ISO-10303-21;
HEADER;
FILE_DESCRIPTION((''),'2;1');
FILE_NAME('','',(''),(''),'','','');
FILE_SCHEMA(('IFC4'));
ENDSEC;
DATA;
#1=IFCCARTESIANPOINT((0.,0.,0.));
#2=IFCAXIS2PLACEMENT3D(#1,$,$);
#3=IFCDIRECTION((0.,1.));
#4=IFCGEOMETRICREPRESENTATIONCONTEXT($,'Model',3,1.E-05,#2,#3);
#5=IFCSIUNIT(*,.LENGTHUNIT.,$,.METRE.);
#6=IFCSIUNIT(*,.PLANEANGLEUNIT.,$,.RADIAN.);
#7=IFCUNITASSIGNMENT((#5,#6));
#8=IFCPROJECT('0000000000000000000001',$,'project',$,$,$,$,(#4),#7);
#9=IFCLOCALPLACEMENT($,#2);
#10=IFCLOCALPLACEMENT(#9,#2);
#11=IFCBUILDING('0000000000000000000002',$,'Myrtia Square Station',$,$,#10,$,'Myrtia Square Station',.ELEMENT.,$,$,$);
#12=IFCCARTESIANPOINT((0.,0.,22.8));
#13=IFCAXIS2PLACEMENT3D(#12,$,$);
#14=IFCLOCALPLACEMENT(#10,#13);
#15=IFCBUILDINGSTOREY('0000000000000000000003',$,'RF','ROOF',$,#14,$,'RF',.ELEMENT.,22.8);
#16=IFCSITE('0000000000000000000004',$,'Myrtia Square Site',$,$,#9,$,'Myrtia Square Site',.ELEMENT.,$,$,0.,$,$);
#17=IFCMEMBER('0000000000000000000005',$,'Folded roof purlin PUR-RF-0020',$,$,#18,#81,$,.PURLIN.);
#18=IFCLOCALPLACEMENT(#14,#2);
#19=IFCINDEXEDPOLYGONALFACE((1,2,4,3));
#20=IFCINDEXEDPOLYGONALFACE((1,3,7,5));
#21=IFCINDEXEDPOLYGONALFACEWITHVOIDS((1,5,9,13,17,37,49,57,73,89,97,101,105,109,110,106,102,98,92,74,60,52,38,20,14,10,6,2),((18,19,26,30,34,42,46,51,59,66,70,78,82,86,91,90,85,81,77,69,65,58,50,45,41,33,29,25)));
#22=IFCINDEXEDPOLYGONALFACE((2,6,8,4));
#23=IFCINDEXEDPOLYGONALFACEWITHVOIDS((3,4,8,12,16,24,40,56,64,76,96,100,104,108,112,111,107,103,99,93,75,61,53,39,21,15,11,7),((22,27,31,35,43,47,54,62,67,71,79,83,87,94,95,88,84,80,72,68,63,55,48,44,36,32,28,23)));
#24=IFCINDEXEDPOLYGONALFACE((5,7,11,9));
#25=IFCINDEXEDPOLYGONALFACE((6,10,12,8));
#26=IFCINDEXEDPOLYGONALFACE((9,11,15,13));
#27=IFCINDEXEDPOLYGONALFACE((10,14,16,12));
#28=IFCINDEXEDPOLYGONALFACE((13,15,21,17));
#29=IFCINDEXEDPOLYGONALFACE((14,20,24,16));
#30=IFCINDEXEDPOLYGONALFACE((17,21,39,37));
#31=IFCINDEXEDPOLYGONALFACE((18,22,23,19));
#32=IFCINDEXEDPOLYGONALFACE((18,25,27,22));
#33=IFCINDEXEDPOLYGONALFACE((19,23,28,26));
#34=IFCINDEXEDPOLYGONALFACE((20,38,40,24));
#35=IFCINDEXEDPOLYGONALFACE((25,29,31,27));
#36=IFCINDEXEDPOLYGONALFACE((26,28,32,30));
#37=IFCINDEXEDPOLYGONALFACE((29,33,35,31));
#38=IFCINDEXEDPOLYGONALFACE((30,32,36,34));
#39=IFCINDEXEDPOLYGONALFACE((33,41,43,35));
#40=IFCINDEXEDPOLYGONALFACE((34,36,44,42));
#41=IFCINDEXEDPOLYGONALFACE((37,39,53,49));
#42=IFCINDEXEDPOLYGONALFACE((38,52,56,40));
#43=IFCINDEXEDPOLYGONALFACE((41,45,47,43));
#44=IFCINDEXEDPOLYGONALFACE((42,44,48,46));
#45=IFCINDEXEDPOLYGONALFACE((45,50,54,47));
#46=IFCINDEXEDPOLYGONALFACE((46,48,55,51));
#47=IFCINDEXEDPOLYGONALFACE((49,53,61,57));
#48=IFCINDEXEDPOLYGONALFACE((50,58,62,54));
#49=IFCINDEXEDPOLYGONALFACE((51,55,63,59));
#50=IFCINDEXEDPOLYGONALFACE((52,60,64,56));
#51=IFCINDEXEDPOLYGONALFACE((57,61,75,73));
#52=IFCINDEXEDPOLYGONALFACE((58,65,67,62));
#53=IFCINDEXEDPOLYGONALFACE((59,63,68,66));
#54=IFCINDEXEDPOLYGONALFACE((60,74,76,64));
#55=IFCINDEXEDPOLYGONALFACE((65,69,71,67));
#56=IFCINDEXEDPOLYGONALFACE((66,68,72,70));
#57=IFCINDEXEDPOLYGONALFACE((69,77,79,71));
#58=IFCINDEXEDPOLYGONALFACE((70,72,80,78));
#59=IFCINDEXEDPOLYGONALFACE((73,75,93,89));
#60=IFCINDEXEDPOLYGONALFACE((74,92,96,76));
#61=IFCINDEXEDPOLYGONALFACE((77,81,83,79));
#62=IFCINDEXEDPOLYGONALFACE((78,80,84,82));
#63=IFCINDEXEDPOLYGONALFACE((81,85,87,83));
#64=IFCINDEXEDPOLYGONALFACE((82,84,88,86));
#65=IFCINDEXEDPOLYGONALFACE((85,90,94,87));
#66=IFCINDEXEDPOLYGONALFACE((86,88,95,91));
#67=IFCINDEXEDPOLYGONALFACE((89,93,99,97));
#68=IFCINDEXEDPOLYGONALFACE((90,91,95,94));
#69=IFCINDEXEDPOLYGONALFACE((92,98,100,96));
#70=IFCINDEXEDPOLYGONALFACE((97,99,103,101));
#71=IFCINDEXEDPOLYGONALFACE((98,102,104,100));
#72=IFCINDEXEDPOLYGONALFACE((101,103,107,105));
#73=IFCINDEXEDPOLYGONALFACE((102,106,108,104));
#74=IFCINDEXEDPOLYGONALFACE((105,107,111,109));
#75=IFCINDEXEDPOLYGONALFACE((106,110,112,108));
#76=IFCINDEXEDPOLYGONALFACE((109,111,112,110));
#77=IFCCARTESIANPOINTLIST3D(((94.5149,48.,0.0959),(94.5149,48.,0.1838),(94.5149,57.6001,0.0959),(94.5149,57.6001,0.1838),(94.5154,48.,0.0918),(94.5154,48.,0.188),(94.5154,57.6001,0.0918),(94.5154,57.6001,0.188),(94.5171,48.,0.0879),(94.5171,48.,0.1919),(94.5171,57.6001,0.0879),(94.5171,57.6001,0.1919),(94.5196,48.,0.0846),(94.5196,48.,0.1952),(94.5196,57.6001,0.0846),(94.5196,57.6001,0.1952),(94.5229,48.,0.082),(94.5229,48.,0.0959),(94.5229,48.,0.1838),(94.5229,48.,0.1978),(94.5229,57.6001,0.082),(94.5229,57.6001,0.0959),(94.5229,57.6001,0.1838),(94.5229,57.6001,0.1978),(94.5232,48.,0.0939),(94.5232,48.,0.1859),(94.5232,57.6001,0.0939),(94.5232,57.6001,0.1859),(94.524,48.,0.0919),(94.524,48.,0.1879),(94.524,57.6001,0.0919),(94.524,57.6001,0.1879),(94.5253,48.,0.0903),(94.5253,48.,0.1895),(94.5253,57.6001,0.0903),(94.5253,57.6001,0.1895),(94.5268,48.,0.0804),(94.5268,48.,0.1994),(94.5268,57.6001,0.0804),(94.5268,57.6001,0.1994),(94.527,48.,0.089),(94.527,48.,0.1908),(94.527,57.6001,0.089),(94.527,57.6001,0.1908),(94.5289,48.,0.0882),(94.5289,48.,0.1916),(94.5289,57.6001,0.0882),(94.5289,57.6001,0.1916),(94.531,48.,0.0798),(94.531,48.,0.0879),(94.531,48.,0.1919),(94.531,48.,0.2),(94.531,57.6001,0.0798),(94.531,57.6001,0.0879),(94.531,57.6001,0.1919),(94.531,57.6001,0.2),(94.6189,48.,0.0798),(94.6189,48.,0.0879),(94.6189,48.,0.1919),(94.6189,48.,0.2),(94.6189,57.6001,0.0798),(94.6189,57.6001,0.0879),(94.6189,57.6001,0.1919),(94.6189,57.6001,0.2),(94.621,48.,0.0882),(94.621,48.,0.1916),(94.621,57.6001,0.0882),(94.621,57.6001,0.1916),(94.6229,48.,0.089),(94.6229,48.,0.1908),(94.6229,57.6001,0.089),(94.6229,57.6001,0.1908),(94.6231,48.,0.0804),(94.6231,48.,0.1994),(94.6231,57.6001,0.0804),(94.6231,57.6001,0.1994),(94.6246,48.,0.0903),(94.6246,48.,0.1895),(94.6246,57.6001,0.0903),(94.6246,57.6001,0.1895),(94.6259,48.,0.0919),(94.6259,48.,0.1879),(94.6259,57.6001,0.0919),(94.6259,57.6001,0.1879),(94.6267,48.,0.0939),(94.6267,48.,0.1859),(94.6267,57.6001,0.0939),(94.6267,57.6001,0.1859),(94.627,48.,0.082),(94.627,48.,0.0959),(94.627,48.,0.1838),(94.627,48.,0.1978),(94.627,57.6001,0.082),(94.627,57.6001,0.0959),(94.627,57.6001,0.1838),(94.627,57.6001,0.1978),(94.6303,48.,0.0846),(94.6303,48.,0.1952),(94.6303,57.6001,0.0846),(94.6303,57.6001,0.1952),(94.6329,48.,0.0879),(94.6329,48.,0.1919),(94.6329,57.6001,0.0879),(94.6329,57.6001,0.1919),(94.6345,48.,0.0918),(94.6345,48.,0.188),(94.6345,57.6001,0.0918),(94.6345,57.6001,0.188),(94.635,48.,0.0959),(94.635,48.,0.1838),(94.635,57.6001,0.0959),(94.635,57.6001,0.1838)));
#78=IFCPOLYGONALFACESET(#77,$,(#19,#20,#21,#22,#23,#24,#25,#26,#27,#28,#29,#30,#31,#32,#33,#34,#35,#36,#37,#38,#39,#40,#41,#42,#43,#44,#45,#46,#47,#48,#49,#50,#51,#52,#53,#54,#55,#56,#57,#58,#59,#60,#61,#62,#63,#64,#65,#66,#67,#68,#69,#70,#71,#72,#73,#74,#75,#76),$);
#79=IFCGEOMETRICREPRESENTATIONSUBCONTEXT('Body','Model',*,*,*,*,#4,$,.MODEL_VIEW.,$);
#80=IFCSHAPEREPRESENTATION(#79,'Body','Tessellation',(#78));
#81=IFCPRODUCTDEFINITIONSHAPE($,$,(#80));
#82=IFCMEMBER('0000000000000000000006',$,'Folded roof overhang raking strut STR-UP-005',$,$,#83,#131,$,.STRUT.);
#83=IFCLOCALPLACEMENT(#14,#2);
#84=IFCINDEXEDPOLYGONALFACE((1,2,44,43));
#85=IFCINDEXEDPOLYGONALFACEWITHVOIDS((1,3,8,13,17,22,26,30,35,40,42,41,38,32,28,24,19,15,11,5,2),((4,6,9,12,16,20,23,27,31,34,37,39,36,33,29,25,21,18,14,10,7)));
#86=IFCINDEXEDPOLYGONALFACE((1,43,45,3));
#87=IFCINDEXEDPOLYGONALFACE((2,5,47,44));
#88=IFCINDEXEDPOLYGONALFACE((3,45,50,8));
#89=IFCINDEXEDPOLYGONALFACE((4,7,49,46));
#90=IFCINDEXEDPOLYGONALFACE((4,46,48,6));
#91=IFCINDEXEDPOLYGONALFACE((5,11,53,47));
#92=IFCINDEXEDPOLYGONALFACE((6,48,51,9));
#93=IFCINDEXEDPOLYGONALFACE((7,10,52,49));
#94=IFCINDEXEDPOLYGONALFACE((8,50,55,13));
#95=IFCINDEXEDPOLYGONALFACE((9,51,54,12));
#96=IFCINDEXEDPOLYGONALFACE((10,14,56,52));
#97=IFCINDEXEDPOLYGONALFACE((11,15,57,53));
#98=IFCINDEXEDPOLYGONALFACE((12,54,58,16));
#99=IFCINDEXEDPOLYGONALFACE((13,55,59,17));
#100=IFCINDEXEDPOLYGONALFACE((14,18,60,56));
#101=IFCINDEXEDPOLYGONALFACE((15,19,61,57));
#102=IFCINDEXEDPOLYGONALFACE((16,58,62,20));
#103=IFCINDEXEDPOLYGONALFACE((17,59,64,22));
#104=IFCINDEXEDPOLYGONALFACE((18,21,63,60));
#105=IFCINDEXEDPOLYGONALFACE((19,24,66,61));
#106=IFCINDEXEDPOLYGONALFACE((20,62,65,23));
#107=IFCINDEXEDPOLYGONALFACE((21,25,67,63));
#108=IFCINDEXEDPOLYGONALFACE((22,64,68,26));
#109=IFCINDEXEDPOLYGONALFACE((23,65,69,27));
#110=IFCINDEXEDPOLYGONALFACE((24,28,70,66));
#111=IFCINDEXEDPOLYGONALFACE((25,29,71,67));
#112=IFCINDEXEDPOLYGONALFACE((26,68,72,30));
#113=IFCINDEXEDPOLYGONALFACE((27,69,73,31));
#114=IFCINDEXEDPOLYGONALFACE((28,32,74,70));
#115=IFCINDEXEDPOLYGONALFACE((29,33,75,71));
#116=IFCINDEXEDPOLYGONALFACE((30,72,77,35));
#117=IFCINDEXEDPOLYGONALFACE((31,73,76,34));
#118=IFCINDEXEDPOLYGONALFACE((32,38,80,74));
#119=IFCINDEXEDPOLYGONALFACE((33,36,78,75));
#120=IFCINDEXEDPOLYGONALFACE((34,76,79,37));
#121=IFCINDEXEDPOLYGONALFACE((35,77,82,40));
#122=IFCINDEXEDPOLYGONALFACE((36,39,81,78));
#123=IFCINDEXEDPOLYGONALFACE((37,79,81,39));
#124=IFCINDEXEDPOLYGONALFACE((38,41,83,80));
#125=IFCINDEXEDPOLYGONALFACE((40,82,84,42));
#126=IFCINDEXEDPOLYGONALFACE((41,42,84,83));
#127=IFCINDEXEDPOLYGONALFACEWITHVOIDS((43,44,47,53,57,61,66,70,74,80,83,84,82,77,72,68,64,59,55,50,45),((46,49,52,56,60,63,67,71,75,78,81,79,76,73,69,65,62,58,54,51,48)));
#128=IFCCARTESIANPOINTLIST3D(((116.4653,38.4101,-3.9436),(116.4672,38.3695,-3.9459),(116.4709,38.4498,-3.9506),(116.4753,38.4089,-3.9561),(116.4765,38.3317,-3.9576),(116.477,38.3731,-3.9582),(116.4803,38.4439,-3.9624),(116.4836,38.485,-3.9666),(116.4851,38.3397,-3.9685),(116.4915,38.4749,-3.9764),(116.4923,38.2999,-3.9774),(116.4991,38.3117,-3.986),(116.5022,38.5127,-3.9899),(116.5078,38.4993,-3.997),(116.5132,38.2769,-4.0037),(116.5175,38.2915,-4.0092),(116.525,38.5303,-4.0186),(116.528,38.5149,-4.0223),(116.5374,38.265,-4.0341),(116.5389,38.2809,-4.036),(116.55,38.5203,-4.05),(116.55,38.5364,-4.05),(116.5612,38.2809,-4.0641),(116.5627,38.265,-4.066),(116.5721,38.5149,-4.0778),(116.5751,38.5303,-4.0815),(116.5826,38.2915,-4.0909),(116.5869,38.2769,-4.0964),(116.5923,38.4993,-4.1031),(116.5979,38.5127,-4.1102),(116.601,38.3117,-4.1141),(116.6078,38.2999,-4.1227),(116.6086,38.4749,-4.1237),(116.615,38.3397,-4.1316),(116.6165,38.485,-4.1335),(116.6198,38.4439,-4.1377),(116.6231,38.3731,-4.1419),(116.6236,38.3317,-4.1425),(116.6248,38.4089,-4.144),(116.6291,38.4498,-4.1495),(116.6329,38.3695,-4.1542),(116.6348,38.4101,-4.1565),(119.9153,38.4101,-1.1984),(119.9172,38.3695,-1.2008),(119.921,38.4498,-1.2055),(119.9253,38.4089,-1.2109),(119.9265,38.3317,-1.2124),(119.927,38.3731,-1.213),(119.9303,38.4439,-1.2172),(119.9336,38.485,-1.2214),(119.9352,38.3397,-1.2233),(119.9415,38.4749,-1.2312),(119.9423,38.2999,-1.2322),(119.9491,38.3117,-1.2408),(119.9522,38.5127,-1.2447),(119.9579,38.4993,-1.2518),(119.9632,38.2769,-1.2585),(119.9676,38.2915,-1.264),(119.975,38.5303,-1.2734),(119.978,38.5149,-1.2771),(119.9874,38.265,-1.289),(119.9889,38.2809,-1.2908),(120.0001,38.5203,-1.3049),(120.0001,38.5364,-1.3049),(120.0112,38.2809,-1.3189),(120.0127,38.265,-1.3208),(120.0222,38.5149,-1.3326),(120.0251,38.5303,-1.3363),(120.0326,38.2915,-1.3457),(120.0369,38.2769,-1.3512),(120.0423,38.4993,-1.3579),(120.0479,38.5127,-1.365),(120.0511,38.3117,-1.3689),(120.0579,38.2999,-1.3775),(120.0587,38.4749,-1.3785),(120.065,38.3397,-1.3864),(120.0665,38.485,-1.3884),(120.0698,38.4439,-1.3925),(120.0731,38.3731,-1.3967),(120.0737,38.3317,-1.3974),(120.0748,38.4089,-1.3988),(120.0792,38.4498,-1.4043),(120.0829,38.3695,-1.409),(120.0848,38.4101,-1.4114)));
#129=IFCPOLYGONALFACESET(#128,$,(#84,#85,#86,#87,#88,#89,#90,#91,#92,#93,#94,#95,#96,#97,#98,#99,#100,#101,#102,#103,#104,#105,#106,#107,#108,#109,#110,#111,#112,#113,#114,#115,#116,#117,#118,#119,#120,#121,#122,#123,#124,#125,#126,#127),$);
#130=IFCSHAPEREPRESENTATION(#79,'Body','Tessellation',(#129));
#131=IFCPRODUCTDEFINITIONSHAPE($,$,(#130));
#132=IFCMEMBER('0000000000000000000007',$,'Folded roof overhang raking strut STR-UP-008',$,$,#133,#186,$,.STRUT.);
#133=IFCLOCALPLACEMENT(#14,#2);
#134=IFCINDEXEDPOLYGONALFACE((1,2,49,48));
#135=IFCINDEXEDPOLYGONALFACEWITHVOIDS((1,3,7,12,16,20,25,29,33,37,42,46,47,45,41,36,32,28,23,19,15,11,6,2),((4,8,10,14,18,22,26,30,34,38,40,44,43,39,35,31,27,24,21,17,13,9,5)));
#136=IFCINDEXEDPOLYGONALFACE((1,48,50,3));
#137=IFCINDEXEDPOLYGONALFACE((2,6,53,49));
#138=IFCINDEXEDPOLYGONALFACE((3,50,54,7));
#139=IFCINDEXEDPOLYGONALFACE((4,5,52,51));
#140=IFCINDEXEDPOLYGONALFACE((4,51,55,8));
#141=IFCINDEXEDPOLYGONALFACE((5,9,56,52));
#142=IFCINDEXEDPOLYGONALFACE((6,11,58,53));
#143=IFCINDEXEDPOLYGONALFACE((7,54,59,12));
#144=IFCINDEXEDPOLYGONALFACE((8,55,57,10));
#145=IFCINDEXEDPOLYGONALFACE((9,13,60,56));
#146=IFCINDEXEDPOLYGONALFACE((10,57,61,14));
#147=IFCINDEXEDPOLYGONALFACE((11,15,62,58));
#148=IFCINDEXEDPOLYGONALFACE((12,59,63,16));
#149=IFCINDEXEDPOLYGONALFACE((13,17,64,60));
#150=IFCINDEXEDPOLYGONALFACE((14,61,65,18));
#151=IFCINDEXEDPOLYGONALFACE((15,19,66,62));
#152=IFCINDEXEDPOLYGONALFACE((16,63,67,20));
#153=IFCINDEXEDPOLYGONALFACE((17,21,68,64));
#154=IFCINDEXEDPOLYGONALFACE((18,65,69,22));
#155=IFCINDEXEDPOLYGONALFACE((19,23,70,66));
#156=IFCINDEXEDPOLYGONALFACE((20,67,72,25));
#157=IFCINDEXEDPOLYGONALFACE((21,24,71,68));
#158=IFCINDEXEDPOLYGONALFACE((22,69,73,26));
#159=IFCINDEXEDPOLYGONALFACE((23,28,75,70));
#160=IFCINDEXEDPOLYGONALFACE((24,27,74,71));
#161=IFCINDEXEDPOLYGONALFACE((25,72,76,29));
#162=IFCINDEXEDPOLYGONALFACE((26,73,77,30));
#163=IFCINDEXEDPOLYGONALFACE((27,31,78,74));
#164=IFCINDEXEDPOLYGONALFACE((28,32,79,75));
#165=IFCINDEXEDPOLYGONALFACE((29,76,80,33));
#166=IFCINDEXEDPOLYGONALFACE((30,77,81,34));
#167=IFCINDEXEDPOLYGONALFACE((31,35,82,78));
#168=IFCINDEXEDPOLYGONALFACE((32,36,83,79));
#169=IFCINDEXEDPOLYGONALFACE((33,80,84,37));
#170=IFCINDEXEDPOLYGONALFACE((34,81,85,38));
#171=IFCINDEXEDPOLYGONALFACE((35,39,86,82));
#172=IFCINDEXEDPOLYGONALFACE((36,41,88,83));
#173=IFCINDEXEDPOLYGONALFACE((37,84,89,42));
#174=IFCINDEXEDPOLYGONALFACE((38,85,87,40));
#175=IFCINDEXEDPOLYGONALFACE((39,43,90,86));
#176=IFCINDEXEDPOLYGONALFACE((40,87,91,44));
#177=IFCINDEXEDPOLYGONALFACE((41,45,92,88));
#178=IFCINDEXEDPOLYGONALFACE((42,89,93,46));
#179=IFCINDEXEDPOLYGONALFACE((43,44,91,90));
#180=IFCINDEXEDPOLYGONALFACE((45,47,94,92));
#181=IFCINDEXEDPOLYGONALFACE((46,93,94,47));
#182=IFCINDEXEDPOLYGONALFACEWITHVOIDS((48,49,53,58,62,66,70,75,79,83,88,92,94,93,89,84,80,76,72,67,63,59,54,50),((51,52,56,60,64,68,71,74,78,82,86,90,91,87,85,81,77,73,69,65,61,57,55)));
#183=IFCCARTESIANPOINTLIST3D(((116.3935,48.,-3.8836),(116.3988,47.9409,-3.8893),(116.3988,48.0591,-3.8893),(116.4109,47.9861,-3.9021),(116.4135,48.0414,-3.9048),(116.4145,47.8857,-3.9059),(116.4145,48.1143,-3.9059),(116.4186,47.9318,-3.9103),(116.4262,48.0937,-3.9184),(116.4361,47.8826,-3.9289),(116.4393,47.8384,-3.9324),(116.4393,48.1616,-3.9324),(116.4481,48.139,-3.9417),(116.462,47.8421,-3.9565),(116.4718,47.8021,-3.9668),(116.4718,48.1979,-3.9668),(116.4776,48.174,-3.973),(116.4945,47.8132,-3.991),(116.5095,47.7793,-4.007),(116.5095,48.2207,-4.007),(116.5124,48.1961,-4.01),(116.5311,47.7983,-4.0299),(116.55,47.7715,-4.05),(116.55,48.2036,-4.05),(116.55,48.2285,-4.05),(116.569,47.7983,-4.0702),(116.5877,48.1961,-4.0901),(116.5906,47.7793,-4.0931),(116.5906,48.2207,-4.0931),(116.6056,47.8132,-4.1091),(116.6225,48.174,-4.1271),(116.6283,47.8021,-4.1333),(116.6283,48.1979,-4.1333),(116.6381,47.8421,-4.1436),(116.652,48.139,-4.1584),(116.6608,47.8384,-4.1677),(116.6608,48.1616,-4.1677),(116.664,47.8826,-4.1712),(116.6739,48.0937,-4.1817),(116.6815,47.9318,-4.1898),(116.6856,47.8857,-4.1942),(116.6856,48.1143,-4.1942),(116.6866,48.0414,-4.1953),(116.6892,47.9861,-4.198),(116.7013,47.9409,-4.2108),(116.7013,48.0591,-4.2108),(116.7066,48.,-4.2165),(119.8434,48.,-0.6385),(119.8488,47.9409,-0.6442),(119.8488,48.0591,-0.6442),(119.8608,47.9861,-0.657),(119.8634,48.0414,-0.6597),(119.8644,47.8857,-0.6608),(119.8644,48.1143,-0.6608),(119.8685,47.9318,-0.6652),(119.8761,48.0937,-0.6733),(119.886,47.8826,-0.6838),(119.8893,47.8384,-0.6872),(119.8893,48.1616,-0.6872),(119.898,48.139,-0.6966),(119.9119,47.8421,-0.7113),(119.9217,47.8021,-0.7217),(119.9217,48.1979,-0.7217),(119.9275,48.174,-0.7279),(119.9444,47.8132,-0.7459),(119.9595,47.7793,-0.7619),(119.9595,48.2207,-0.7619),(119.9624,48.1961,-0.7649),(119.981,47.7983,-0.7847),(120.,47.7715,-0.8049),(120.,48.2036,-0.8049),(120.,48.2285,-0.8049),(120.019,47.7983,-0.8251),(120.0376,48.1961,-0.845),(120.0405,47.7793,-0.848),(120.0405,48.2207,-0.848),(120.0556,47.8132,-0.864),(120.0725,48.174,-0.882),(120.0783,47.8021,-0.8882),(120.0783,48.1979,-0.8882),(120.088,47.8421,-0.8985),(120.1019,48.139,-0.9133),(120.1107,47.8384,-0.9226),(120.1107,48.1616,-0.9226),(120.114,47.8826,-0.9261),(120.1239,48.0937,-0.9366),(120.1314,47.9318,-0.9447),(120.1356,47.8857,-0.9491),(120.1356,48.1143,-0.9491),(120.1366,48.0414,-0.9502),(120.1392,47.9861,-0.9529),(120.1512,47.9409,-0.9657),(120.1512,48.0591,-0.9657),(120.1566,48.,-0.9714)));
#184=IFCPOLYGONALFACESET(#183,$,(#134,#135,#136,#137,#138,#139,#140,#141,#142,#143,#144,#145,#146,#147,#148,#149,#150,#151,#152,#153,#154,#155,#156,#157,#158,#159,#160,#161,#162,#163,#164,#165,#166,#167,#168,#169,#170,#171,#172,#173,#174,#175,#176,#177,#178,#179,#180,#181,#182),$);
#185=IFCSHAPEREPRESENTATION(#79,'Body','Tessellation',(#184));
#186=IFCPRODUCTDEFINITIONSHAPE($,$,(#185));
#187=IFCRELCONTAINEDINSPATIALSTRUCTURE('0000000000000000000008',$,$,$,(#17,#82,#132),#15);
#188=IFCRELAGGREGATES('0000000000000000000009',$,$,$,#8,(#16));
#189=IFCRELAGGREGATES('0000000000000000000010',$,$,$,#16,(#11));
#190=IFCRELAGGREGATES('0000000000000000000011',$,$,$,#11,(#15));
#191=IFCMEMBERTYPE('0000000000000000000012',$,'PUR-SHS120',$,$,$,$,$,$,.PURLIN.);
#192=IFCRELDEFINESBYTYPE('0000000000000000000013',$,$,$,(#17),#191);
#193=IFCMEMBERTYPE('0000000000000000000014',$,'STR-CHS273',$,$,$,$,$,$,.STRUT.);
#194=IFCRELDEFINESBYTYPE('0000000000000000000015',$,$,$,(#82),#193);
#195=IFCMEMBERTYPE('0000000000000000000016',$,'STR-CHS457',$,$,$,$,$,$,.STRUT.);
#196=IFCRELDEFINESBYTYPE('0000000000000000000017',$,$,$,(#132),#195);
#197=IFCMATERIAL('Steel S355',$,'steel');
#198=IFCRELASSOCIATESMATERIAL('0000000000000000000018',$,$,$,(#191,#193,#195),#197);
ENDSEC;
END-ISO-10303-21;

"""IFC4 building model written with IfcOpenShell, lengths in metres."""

from ifc_helpers import new_model, si_unit, direction, frame, origin, origin_2d, place, context, subcontext, project, spatial, hollow_rectangle, hollow_circle, extrude, material, material_profile, profile_set, type_object, element, save


model = new_model("IFC4")

# Units and contexts
model_context = context("Model", 3, precision=1e-05, world=origin(), true_north=direction((0.0, 1.0)))
body_context = subcontext(model_context, "Body", "Model", "MODEL_VIEW")
ifc_project = project(units=[si_unit("LENGTHUNIT", "METRE"), si_unit("PLANEANGLEUNIT", "RADIAN")], contexts=[model_context])

# Site, building, storey
site_placement = place(None, origin())
site = spatial("IfcSite", under=ifc_project, at=site_placement, Name="Myrtia Square Site", LongName="Myrtia Square Site", CompositionType="ELEMENT", RefElevation=0.0)
building_placement = place(site_placement, origin())
building = spatial("IfcBuilding", under=site, at=building_placement, Name="Myrtia Square Station", LongName="Myrtia Square Station", CompositionType="ELEMENT")
storey_placement = place(building_placement, frame((0.0, 0.0, 22.8)))
storey = spatial("IfcBuildingStorey", under=building, at=storey_placement, Name="RF", Description="ROOF", LongName="RF", CompositionType="ELEMENT", Elevation=22.8)

# Members
ifc_material_1 = material(Name="Steel S355", Category="steel")
ifc_material_profile_1 = material_profile(ifc_material_1, hollow_rectangle(XDim=0.1201, YDim=0.1201, WallThickness=0.0081, InnerFilletRadius=0.0081, OuterFilletRadius=0.0161, at=origin_2d()), Name="SHS 120x120x8")
ifc_profile_set_1 = profile_set([ifc_material_profile_1], Name="Steel S355")
member_type_1 = type_object("IfcMemberType", Name="PUR-SHS120", PredefinedType="PURLIN", material=ifc_profile_set_1)
member_1_placement = place(storey_placement, frame((94.575, 48.0, 0.1399), z_axis=(0.0, 1.0, 0.0), x_axis=(-1.0, 0.0, 0.0)))
element("IfcMember", 1, at=member_1_placement, inside=storey, type_object=member_type_1, Name="Folded roof purlin PUR-RF-0020", PredefinedType="PURLIN", context=body_context, shape_type="SweptSolid", body=[
    extrude(hollow_rectangle(XDim=0.1201, YDim=0.1201, WallThickness=0.0081, InnerFilletRadius=0.0081, OuterFilletRadius=0.0161, at=origin_2d()), origin(), (0.0, 0.0, 1.0), 9.6001),
])
ifc_material_profile_2 = material_profile(ifc_material_1, hollow_circle(Radius=0.1365, WallThickness=0.0161, at=origin_2d()), Name="CHS 273x16")
ifc_profile_set_2 = profile_set([ifc_material_profile_2], Name="Steel S355")
member_type_2 = type_object("IfcMemberType", Name="STR-CHS273", PredefinedType="STRUT", material=ifc_profile_set_2)
member_2_placement = place(storey_placement, frame((116.55, 38.3999, -4.05), z_axis=(0.782508, 0.0, 0.62264), x_axis=(0.0, 1.0, 0.0)))
element("IfcMember", 2, at=member_2_placement, inside=storey, type_object=member_type_2, Name="Folded roof overhang raking strut STR-UP-005", PredefinedType="STRUT", context=body_context, shape_type="SweptSolid", body=[
    extrude(hollow_circle(Radius=0.1365, WallThickness=0.0161, at=origin_2d()), origin(), (0.0, 0.0, 1.0), 4.4089),
])
ifc_material_profile_3 = material_profile(ifc_material_1, hollow_circle(Radius=0.2285, WallThickness=0.0249, at=origin_2d()), Name="CHS 457x25")
ifc_profile_set_3 = profile_set([ifc_material_profile_3], Name="Steel S355")
member_type_3 = type_object("IfcMemberType", Name="STR-CHS457", PredefinedType="STRUT", material=ifc_profile_set_3)
member_3_placement = place(storey_placement, frame((116.55, 48.0, -4.05), z_axis=(0.7284, 0.0, 0.685152), x_axis=(0.0, 1.0, 0.0)))
element("IfcMember", 3, at=member_3_placement, inside=storey, type_object=member_type_3, Name="Folded roof overhang raking strut STR-UP-008", PredefinedType="STRUT", context=body_context, shape_type="SweptSolid", body=[
    extrude(hollow_circle(Radius=0.2285, WallThickness=0.0249, at=origin_2d()), origin(), (0.0, 0.0, 1.0), 4.7363),
])

save(model, "model.ifc")
